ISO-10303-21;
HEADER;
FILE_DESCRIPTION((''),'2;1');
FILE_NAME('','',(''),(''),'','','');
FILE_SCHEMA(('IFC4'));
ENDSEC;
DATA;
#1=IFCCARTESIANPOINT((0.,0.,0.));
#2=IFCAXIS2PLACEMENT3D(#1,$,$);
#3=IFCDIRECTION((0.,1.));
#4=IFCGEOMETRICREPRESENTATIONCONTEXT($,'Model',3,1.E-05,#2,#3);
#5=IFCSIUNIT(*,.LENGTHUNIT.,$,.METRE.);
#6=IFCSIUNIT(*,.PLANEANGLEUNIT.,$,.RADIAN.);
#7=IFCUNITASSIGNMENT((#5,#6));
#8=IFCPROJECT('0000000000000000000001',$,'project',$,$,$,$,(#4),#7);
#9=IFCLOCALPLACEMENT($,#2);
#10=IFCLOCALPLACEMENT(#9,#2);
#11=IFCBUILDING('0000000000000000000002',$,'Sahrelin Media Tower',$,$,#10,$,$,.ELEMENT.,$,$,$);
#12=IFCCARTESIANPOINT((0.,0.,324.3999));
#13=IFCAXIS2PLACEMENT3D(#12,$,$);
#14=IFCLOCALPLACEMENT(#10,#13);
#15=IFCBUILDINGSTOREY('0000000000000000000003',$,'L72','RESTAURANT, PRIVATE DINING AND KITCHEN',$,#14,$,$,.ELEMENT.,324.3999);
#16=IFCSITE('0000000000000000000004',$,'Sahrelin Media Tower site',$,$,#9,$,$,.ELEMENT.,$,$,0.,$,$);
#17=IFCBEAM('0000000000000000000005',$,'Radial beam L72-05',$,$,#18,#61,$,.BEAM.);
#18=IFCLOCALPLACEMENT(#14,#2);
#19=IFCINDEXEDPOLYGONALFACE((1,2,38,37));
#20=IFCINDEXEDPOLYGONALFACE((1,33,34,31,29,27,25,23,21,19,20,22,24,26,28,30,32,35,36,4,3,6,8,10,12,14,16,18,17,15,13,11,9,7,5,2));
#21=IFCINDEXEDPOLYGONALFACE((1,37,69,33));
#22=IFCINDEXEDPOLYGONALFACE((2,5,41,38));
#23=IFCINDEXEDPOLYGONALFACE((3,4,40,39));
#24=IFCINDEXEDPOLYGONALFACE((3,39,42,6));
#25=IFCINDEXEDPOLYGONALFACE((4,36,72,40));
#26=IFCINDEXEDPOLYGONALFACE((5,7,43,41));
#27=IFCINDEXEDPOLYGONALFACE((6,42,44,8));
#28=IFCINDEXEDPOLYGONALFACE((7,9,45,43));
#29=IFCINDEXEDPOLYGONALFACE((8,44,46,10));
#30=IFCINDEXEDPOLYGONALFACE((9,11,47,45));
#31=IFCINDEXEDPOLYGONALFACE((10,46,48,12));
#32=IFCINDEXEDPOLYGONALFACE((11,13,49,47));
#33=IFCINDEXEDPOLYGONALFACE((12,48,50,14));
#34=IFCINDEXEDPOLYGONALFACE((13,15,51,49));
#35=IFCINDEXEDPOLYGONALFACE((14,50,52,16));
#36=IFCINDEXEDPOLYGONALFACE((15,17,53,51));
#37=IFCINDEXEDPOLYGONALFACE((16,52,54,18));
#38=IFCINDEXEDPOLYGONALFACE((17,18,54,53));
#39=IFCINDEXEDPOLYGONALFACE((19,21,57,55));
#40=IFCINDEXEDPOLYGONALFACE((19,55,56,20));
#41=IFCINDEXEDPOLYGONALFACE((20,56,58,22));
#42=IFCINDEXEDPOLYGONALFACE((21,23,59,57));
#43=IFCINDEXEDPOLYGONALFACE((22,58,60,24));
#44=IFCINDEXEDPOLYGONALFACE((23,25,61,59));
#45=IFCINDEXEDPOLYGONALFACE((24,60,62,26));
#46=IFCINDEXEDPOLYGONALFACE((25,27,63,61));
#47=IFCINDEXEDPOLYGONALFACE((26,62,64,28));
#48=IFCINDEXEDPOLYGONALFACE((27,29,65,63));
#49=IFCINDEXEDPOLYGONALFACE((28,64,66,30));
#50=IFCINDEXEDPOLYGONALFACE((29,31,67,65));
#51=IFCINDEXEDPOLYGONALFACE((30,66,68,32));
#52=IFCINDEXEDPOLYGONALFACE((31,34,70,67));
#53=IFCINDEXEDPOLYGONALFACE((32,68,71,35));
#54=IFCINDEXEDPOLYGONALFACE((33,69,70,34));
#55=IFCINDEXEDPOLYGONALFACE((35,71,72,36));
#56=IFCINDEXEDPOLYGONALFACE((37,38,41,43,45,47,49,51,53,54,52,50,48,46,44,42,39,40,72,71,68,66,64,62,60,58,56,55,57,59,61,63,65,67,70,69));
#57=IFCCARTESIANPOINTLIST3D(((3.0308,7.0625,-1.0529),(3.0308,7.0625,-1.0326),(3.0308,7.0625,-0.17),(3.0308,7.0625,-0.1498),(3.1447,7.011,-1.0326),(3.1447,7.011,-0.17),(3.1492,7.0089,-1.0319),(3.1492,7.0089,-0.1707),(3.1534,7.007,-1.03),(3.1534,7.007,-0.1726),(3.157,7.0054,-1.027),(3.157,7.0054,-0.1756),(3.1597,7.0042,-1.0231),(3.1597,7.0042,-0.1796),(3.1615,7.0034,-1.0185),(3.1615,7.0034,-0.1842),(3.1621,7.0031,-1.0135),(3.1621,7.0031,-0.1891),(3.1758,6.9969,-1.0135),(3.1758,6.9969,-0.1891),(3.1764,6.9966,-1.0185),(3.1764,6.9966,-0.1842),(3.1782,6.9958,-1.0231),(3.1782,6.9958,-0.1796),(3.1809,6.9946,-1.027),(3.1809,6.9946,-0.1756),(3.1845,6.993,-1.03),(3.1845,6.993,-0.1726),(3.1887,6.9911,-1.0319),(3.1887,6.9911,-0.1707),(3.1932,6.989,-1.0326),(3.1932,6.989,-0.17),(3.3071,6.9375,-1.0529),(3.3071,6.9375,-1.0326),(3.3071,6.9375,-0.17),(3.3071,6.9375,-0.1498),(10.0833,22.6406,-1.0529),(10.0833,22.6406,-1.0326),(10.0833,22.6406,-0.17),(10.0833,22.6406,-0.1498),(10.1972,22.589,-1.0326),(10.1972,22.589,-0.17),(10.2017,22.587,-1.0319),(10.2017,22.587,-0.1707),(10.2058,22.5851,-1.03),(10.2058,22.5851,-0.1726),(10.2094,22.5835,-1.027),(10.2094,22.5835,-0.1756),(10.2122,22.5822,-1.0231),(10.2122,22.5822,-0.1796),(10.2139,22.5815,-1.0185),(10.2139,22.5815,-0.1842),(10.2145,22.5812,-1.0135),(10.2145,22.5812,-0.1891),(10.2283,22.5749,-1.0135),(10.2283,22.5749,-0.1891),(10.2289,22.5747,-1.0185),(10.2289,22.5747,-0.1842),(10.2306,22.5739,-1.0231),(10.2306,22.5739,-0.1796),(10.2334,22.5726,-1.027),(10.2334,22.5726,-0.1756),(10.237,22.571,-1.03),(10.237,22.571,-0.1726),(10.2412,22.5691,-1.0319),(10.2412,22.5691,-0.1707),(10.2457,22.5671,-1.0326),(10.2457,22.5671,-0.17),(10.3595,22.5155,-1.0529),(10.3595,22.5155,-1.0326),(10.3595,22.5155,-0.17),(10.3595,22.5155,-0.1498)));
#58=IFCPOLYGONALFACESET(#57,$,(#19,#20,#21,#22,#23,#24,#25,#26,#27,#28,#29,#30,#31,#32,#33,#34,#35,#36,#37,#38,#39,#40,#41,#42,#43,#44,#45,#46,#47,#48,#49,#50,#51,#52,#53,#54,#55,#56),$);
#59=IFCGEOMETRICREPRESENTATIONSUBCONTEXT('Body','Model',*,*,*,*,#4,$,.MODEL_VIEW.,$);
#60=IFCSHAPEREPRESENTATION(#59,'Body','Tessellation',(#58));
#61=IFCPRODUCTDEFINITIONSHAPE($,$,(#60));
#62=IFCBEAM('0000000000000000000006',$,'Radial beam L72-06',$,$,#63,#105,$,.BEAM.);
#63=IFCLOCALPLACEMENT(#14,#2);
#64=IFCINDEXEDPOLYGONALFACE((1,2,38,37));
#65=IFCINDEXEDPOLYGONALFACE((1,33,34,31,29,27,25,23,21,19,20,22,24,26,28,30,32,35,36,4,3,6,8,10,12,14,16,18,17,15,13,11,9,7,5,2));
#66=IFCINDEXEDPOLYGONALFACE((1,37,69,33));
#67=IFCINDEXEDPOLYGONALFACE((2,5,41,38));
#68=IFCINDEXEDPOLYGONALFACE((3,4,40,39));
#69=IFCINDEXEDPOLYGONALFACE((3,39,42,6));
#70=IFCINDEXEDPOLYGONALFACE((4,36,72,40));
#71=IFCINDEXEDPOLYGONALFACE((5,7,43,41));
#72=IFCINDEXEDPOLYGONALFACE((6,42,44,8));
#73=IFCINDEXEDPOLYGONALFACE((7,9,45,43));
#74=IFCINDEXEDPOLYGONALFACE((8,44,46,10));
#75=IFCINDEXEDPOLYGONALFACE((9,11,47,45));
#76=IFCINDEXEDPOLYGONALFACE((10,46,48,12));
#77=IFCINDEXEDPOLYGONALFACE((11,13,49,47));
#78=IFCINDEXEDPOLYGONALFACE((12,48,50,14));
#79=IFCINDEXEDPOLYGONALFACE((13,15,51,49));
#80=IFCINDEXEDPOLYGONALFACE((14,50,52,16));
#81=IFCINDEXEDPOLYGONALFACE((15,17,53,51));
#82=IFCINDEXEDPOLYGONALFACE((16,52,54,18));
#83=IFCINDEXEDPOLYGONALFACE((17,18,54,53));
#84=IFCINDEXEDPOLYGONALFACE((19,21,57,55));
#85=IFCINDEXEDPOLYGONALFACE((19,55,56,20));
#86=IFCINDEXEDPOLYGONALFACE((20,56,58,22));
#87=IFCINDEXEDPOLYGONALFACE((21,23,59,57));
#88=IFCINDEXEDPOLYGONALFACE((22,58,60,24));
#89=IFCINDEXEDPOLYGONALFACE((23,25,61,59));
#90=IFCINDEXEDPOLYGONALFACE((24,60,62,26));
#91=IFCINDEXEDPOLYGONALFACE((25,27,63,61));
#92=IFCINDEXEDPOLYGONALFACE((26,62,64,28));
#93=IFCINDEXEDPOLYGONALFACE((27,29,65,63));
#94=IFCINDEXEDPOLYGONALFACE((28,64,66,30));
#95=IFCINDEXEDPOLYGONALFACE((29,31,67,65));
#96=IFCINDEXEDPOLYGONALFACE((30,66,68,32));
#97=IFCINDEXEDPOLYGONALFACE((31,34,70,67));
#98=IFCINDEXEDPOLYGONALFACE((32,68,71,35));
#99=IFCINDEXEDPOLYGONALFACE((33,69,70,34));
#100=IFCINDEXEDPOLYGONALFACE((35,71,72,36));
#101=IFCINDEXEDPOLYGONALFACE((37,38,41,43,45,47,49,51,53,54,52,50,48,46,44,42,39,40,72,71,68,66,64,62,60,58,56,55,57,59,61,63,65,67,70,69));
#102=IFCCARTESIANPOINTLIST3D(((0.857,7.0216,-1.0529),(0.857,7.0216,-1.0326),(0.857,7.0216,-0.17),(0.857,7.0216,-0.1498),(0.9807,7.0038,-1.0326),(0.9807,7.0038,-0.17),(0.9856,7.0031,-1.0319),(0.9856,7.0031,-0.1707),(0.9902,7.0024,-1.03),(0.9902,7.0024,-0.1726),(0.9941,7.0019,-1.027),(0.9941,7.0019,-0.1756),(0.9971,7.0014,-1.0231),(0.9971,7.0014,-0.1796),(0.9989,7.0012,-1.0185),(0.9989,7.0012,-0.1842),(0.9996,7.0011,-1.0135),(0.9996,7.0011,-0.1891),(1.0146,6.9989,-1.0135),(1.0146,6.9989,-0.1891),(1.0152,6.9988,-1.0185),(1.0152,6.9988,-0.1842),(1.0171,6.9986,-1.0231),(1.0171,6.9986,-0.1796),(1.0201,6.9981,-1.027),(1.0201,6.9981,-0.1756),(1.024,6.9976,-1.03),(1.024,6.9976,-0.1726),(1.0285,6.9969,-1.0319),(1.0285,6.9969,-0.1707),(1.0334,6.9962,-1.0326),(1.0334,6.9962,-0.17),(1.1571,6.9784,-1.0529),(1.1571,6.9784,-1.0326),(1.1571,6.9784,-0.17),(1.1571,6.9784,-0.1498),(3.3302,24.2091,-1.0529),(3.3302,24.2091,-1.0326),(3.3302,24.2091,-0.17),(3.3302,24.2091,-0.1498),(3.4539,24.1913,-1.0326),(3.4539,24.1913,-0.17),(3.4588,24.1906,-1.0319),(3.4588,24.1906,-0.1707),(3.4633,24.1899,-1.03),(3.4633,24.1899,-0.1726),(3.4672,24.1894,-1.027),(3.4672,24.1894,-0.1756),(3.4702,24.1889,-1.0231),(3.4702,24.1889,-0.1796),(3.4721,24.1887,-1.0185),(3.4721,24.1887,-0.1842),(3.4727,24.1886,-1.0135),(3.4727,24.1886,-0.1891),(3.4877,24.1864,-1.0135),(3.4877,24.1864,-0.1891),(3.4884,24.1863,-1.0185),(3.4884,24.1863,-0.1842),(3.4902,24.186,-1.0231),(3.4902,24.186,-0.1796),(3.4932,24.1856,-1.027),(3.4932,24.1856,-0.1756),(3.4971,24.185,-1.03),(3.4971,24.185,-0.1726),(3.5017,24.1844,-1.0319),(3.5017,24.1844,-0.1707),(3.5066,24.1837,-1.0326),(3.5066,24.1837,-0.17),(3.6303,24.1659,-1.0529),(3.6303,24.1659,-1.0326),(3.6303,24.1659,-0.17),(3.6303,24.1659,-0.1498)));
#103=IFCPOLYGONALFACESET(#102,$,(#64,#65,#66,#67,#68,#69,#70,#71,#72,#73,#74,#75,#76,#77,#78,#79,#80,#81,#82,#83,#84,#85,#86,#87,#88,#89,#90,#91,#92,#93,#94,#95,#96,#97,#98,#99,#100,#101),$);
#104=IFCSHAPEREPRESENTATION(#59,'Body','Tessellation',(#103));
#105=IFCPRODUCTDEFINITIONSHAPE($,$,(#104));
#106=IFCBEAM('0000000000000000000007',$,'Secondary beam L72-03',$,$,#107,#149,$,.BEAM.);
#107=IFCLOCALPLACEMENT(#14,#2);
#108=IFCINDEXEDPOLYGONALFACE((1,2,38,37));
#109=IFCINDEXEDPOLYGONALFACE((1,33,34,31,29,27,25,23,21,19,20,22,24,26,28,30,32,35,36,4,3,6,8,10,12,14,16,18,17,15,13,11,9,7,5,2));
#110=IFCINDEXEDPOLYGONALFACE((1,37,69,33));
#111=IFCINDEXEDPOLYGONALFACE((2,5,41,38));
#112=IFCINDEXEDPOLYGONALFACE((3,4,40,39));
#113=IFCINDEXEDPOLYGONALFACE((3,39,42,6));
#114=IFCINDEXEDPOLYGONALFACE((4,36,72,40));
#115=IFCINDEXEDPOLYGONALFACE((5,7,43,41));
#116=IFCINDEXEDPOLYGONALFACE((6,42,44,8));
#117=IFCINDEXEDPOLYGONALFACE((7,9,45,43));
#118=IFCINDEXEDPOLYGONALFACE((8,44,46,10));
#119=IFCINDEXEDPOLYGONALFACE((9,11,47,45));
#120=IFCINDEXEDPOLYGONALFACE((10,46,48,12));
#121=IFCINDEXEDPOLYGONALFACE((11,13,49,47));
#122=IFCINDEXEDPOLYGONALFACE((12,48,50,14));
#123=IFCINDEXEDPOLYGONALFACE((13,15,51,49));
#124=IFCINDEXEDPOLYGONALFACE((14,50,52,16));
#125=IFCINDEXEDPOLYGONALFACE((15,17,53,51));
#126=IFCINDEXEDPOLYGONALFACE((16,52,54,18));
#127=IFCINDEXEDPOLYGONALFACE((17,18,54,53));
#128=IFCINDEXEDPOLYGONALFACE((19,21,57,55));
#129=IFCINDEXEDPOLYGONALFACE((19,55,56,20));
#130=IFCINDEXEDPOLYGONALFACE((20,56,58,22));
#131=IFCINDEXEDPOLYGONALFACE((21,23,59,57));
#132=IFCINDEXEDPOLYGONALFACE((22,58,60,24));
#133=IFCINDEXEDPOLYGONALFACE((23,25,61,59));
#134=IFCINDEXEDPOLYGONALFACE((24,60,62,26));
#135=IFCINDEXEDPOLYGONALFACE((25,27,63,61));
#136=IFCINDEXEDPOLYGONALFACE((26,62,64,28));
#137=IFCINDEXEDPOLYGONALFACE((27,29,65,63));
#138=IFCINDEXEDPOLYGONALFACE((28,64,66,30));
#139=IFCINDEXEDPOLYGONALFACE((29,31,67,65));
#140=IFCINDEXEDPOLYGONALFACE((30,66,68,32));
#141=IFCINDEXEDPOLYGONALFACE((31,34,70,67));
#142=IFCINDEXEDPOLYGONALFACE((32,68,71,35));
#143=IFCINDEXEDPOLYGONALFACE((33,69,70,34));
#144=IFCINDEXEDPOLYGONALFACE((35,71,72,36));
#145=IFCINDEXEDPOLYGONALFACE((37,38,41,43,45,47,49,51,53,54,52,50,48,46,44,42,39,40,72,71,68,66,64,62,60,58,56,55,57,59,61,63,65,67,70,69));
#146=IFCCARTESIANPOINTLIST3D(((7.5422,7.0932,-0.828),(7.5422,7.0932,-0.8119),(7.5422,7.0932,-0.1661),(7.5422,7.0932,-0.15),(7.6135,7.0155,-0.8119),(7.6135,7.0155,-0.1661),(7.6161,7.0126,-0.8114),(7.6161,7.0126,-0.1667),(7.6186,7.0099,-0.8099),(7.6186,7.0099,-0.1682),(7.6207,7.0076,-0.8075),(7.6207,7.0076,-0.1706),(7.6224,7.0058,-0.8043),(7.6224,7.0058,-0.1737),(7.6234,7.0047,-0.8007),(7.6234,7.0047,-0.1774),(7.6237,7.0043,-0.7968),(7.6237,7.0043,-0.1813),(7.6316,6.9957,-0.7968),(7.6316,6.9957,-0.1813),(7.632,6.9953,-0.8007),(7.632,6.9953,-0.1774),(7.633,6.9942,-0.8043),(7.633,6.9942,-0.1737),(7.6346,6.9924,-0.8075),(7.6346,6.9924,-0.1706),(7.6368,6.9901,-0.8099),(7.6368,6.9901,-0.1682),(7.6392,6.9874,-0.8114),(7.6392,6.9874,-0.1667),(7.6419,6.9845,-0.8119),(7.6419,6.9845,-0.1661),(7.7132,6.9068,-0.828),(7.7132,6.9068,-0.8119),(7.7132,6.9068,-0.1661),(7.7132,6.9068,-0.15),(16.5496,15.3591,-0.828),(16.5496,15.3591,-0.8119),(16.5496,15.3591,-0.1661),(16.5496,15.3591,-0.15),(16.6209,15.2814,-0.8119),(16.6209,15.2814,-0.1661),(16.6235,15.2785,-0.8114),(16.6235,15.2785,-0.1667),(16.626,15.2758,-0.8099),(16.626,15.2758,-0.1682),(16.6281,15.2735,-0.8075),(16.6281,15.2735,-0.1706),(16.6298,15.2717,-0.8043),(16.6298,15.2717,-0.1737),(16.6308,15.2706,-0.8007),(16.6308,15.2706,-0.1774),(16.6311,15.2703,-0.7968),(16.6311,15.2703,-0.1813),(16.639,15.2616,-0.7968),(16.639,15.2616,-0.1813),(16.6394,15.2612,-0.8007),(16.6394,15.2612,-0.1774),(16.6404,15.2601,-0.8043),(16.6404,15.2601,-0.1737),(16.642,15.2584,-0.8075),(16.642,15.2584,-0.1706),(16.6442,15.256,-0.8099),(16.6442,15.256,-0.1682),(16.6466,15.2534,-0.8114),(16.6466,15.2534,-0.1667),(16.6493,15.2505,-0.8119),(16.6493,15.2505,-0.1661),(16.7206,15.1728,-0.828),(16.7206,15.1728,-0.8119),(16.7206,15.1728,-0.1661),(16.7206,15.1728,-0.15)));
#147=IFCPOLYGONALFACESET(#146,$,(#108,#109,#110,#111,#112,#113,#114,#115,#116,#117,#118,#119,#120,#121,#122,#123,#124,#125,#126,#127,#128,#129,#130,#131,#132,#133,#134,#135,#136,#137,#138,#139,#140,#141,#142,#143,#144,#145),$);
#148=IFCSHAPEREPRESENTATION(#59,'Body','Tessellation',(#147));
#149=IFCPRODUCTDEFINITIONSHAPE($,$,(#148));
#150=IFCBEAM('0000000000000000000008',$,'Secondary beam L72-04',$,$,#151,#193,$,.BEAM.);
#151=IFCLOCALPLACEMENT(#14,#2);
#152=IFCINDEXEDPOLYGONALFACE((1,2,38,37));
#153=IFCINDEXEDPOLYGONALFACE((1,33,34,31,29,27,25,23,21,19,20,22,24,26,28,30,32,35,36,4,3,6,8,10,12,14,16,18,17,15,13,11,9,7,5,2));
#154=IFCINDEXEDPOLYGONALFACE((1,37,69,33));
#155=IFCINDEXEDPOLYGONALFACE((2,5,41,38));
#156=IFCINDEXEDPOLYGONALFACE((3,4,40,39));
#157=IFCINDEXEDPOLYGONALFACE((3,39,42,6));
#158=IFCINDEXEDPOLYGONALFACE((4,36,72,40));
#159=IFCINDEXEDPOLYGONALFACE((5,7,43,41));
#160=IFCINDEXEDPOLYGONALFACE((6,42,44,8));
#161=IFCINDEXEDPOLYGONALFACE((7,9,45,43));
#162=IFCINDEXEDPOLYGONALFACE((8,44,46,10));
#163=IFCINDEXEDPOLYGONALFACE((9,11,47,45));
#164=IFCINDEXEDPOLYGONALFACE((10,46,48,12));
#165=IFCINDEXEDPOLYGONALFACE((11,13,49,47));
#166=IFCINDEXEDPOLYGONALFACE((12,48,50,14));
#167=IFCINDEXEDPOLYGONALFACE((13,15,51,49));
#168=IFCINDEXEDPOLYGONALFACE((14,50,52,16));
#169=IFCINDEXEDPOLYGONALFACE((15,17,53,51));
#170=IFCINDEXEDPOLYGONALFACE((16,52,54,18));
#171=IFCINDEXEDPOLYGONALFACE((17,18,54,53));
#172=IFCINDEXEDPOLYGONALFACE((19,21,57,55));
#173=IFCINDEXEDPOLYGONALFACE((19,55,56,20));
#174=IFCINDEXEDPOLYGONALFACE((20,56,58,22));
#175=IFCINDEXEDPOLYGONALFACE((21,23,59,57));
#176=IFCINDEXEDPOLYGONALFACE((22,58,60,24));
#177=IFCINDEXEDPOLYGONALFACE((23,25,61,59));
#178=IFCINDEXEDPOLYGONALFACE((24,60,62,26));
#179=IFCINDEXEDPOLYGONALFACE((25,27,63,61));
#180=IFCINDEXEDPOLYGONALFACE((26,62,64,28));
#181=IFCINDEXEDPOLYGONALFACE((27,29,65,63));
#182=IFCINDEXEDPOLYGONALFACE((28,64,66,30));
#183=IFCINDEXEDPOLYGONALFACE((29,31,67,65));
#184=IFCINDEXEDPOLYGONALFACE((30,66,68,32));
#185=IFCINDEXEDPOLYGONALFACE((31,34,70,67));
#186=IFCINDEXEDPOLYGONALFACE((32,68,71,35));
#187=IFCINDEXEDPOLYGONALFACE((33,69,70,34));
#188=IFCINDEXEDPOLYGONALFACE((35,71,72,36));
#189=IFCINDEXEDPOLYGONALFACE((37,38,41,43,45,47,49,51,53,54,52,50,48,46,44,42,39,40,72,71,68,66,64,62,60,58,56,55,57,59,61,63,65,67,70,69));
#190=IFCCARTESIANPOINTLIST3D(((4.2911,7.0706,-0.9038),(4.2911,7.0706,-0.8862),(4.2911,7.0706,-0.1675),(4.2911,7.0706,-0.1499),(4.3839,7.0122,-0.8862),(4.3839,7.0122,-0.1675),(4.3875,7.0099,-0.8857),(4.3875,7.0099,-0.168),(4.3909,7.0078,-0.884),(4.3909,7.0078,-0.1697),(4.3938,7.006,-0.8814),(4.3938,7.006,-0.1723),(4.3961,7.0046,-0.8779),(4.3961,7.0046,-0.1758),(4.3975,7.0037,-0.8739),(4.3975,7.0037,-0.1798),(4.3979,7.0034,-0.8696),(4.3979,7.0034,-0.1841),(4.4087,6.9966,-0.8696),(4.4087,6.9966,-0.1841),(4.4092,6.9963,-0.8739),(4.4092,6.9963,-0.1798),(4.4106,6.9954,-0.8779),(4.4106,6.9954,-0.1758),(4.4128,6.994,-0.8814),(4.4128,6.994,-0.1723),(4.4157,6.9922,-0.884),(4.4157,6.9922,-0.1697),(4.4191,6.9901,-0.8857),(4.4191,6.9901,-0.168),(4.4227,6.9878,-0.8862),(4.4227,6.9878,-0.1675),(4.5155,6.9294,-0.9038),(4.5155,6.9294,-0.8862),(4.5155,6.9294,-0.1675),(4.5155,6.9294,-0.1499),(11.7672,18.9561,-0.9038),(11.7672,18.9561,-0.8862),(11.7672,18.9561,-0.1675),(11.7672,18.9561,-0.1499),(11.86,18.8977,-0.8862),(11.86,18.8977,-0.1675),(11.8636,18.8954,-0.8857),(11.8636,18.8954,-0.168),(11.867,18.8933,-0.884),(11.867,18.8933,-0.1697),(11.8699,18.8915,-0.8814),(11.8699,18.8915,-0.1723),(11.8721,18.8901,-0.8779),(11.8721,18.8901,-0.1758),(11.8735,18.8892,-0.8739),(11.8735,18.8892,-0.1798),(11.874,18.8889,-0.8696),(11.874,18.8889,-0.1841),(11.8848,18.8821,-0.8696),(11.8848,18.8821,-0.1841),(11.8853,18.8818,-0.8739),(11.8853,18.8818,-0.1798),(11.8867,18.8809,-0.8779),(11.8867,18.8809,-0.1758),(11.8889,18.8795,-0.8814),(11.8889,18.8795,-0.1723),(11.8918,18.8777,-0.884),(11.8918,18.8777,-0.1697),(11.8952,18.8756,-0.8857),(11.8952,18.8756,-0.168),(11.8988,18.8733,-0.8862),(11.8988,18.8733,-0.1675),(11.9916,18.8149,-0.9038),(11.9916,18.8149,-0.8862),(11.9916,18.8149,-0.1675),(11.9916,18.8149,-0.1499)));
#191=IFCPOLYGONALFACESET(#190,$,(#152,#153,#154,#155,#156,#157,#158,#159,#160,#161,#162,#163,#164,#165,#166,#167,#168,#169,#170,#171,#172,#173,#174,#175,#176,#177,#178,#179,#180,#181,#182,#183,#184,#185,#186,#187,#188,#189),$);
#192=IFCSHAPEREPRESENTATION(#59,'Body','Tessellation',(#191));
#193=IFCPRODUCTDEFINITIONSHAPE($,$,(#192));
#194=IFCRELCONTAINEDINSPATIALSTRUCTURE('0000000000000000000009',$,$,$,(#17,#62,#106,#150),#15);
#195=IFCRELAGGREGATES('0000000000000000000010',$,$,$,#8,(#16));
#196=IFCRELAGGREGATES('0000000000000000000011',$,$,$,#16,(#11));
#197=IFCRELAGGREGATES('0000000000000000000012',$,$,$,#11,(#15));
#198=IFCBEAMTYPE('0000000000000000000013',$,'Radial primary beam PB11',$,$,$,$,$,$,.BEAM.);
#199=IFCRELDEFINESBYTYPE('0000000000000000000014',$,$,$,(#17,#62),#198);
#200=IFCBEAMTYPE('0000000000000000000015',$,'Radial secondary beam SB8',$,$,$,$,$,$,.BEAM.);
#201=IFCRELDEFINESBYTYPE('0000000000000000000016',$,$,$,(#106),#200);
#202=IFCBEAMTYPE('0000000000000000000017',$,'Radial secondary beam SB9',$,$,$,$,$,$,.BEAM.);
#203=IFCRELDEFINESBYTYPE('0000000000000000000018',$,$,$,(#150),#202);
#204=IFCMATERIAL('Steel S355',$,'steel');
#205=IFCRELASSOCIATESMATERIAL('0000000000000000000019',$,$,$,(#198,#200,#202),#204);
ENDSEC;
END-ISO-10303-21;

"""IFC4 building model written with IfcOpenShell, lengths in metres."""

from ifc_helpers import new_model, si_unit, direction, frame, origin, origin_2d, place, context, subcontext, project, spatial, i_section, extrude, material, material_profile, profile_set, type_object, element, save


model = new_model("IFC4")

# Units and contexts
model_context = context("Model", 3, precision=1e-05, world=origin(), true_north=direction((0.0, 1.0)))
body_context = subcontext(model_context, "Body", "Model", "MODEL_VIEW")
ifc_project = project(units=[si_unit("LENGTHUNIT", "METRE"), si_unit("PLANEANGLEUNIT", "RADIAN")], contexts=[model_context])

# Site, building, storey
site_placement = place(None, origin())
site = spatial("IfcSite", under=ifc_project, at=site_placement, Name="Sahrelin Media Tower site", CompositionType="ELEMENT", RefElevation=0.0)
building_placement = place(site_placement, origin())
building = spatial("IfcBuilding", under=site, at=building_placement, Name="Sahrelin Media Tower", CompositionType="ELEMENT")
storey_placement = place(building_placement, frame((0.0, 0.0, 324.3999)))
storey = spatial("IfcBuildingStorey", under=building, at=storey_placement, Name="L72", Description="RESTAURANT, PRIVATE DINING AND KITCHEN", CompositionType="ELEMENT", Elevation=324.3999)

# Shared definitions
ifc_material_1 = material(Name="Steel S355", Category="steel")

# Beams
ifc_material_profile_1 = material_profile(ifc_material_1, i_section(OverallWidth=0.3032, OverallDepth=0.9031, WebThickness=0.0151, FlangeThickness=0.0203, FilletRadius=0.019, at=origin_2d()), Name="UB 914x305x201")
ifc_profile_set_1 = profile_set([ifc_material_profile_1], Name="Steel S355")
beam_type_1 = type_object("IfcBeamType", Name="Radial primary beam PB11", PredefinedType="BEAM", material=ifc_profile_set_1)
beam_1_placement = place(storey_placement, frame((3.1689, 7.0, -0.6013), z_axis=(0.412422, 0.910993, 0.0), x_axis=(-0.910993, 0.412422, 0.0)))
element("IfcBeam", 1, at=beam_1_placement, inside=storey, type_object=beam_type_1, Name="Radial beam L72-05", PredefinedType="BEAM", context=body_context, shape_type="SweptSolid", body=[
    extrude(i_section(OverallWidth=0.3032, OverallDepth=0.9031, WebThickness=0.0151, FlangeThickness=0.0203, FilletRadius=0.019, at=origin_2d()), origin(), (0.0, 0.0, 1.0), 17.1001),
])
beam_2_placement = place(storey_placement, frame((1.0071, 7.0, -0.6013), z_axis=(0.142425, 0.989806, 0.0), x_axis=(-0.989806, 0.142425, 0.0)))
element("IfcBeam", 2, at=beam_2_placement, inside=storey, type_object=beam_type_1, Name="Radial beam L72-06", PredefinedType="BEAM", context=body_context, shape_type="SweptSolid", body=[
    extrude(i_section(OverallWidth=0.3032, OverallDepth=0.9031, WebThickness=0.0151, FlangeThickness=0.0203, FilletRadius=0.019, at=origin_2d()), origin(), (0.0, 0.0, 1.0), 17.3645),
])
ifc_material_profile_2 = material_profile(ifc_material_1, i_section(OverallWidth=0.2529, OverallDepth=0.678, WebThickness=0.0117, FlangeThickness=0.0161, FilletRadius=0.0151, at=origin_2d()), Name="UB 686x254x125")
ifc_profile_set_2 = profile_set([ifc_material_profile_2], Name="Steel S355")
beam_type_2 = type_object("IfcBeamType", Name="Radial secondary beam SB8", PredefinedType="BEAM", material=ifc_profile_set_2)
beam_3_placement = place(storey_placement, frame((7.6277, 7.0, -0.489), z_axis=(0.736781, 0.676131, 0.0), x_axis=(-0.676131, 0.736781, 0.0)))
element("IfcBeam", 3, at=beam_3_placement, inside=storey, type_object=beam_type_2, Name="Secondary beam L72-03", PredefinedType="BEAM", context=body_context, shape_type="SweptSolid", body=[
    extrude(i_section(OverallWidth=0.2529, OverallDepth=0.678, WebThickness=0.0117, FlangeThickness=0.0161, FilletRadius=0.0151, at=origin_2d()), origin(), (0.0, 0.0, 1.0), 12.2253),
])
ifc_material_profile_3 = material_profile(ifc_material_1, i_section(OverallWidth=0.2651, OverallDepth=0.7539, WebThickness=0.0127, FlangeThickness=0.0176, FilletRadius=0.0166, at=origin_2d()), Name="UB 762x267x147")
ifc_profile_set_3 = profile_set([ifc_material_profile_3], Name="Steel S355")
beam_type_3 = type_object("IfcBeamType", Name="Radial secondary beam SB9", PredefinedType="BEAM", material=ifc_profile_set_3)
beam_4_placement = place(storey_placement, frame((4.4033, 7.0, -0.5269), z_axis=(0.532436, 0.84647, 0.0), x_axis=(-0.84647, 0.532436, 0.0)))
element("IfcBeam", 4, at=beam_4_placement, inside=storey, type_object=beam_type_3, Name="Secondary beam L72-04", PredefinedType="BEAM", context=body_context, shape_type="SweptSolid", body=[
    extrude(i_section(OverallWidth=0.2651, OverallDepth=0.7539, WebThickness=0.0127, FlangeThickness=0.0176, FilletRadius=0.0166, at=origin_2d()), origin(), (0.0, 0.0, 1.0), 14.0413),
])

save(model, "model.ifc")
